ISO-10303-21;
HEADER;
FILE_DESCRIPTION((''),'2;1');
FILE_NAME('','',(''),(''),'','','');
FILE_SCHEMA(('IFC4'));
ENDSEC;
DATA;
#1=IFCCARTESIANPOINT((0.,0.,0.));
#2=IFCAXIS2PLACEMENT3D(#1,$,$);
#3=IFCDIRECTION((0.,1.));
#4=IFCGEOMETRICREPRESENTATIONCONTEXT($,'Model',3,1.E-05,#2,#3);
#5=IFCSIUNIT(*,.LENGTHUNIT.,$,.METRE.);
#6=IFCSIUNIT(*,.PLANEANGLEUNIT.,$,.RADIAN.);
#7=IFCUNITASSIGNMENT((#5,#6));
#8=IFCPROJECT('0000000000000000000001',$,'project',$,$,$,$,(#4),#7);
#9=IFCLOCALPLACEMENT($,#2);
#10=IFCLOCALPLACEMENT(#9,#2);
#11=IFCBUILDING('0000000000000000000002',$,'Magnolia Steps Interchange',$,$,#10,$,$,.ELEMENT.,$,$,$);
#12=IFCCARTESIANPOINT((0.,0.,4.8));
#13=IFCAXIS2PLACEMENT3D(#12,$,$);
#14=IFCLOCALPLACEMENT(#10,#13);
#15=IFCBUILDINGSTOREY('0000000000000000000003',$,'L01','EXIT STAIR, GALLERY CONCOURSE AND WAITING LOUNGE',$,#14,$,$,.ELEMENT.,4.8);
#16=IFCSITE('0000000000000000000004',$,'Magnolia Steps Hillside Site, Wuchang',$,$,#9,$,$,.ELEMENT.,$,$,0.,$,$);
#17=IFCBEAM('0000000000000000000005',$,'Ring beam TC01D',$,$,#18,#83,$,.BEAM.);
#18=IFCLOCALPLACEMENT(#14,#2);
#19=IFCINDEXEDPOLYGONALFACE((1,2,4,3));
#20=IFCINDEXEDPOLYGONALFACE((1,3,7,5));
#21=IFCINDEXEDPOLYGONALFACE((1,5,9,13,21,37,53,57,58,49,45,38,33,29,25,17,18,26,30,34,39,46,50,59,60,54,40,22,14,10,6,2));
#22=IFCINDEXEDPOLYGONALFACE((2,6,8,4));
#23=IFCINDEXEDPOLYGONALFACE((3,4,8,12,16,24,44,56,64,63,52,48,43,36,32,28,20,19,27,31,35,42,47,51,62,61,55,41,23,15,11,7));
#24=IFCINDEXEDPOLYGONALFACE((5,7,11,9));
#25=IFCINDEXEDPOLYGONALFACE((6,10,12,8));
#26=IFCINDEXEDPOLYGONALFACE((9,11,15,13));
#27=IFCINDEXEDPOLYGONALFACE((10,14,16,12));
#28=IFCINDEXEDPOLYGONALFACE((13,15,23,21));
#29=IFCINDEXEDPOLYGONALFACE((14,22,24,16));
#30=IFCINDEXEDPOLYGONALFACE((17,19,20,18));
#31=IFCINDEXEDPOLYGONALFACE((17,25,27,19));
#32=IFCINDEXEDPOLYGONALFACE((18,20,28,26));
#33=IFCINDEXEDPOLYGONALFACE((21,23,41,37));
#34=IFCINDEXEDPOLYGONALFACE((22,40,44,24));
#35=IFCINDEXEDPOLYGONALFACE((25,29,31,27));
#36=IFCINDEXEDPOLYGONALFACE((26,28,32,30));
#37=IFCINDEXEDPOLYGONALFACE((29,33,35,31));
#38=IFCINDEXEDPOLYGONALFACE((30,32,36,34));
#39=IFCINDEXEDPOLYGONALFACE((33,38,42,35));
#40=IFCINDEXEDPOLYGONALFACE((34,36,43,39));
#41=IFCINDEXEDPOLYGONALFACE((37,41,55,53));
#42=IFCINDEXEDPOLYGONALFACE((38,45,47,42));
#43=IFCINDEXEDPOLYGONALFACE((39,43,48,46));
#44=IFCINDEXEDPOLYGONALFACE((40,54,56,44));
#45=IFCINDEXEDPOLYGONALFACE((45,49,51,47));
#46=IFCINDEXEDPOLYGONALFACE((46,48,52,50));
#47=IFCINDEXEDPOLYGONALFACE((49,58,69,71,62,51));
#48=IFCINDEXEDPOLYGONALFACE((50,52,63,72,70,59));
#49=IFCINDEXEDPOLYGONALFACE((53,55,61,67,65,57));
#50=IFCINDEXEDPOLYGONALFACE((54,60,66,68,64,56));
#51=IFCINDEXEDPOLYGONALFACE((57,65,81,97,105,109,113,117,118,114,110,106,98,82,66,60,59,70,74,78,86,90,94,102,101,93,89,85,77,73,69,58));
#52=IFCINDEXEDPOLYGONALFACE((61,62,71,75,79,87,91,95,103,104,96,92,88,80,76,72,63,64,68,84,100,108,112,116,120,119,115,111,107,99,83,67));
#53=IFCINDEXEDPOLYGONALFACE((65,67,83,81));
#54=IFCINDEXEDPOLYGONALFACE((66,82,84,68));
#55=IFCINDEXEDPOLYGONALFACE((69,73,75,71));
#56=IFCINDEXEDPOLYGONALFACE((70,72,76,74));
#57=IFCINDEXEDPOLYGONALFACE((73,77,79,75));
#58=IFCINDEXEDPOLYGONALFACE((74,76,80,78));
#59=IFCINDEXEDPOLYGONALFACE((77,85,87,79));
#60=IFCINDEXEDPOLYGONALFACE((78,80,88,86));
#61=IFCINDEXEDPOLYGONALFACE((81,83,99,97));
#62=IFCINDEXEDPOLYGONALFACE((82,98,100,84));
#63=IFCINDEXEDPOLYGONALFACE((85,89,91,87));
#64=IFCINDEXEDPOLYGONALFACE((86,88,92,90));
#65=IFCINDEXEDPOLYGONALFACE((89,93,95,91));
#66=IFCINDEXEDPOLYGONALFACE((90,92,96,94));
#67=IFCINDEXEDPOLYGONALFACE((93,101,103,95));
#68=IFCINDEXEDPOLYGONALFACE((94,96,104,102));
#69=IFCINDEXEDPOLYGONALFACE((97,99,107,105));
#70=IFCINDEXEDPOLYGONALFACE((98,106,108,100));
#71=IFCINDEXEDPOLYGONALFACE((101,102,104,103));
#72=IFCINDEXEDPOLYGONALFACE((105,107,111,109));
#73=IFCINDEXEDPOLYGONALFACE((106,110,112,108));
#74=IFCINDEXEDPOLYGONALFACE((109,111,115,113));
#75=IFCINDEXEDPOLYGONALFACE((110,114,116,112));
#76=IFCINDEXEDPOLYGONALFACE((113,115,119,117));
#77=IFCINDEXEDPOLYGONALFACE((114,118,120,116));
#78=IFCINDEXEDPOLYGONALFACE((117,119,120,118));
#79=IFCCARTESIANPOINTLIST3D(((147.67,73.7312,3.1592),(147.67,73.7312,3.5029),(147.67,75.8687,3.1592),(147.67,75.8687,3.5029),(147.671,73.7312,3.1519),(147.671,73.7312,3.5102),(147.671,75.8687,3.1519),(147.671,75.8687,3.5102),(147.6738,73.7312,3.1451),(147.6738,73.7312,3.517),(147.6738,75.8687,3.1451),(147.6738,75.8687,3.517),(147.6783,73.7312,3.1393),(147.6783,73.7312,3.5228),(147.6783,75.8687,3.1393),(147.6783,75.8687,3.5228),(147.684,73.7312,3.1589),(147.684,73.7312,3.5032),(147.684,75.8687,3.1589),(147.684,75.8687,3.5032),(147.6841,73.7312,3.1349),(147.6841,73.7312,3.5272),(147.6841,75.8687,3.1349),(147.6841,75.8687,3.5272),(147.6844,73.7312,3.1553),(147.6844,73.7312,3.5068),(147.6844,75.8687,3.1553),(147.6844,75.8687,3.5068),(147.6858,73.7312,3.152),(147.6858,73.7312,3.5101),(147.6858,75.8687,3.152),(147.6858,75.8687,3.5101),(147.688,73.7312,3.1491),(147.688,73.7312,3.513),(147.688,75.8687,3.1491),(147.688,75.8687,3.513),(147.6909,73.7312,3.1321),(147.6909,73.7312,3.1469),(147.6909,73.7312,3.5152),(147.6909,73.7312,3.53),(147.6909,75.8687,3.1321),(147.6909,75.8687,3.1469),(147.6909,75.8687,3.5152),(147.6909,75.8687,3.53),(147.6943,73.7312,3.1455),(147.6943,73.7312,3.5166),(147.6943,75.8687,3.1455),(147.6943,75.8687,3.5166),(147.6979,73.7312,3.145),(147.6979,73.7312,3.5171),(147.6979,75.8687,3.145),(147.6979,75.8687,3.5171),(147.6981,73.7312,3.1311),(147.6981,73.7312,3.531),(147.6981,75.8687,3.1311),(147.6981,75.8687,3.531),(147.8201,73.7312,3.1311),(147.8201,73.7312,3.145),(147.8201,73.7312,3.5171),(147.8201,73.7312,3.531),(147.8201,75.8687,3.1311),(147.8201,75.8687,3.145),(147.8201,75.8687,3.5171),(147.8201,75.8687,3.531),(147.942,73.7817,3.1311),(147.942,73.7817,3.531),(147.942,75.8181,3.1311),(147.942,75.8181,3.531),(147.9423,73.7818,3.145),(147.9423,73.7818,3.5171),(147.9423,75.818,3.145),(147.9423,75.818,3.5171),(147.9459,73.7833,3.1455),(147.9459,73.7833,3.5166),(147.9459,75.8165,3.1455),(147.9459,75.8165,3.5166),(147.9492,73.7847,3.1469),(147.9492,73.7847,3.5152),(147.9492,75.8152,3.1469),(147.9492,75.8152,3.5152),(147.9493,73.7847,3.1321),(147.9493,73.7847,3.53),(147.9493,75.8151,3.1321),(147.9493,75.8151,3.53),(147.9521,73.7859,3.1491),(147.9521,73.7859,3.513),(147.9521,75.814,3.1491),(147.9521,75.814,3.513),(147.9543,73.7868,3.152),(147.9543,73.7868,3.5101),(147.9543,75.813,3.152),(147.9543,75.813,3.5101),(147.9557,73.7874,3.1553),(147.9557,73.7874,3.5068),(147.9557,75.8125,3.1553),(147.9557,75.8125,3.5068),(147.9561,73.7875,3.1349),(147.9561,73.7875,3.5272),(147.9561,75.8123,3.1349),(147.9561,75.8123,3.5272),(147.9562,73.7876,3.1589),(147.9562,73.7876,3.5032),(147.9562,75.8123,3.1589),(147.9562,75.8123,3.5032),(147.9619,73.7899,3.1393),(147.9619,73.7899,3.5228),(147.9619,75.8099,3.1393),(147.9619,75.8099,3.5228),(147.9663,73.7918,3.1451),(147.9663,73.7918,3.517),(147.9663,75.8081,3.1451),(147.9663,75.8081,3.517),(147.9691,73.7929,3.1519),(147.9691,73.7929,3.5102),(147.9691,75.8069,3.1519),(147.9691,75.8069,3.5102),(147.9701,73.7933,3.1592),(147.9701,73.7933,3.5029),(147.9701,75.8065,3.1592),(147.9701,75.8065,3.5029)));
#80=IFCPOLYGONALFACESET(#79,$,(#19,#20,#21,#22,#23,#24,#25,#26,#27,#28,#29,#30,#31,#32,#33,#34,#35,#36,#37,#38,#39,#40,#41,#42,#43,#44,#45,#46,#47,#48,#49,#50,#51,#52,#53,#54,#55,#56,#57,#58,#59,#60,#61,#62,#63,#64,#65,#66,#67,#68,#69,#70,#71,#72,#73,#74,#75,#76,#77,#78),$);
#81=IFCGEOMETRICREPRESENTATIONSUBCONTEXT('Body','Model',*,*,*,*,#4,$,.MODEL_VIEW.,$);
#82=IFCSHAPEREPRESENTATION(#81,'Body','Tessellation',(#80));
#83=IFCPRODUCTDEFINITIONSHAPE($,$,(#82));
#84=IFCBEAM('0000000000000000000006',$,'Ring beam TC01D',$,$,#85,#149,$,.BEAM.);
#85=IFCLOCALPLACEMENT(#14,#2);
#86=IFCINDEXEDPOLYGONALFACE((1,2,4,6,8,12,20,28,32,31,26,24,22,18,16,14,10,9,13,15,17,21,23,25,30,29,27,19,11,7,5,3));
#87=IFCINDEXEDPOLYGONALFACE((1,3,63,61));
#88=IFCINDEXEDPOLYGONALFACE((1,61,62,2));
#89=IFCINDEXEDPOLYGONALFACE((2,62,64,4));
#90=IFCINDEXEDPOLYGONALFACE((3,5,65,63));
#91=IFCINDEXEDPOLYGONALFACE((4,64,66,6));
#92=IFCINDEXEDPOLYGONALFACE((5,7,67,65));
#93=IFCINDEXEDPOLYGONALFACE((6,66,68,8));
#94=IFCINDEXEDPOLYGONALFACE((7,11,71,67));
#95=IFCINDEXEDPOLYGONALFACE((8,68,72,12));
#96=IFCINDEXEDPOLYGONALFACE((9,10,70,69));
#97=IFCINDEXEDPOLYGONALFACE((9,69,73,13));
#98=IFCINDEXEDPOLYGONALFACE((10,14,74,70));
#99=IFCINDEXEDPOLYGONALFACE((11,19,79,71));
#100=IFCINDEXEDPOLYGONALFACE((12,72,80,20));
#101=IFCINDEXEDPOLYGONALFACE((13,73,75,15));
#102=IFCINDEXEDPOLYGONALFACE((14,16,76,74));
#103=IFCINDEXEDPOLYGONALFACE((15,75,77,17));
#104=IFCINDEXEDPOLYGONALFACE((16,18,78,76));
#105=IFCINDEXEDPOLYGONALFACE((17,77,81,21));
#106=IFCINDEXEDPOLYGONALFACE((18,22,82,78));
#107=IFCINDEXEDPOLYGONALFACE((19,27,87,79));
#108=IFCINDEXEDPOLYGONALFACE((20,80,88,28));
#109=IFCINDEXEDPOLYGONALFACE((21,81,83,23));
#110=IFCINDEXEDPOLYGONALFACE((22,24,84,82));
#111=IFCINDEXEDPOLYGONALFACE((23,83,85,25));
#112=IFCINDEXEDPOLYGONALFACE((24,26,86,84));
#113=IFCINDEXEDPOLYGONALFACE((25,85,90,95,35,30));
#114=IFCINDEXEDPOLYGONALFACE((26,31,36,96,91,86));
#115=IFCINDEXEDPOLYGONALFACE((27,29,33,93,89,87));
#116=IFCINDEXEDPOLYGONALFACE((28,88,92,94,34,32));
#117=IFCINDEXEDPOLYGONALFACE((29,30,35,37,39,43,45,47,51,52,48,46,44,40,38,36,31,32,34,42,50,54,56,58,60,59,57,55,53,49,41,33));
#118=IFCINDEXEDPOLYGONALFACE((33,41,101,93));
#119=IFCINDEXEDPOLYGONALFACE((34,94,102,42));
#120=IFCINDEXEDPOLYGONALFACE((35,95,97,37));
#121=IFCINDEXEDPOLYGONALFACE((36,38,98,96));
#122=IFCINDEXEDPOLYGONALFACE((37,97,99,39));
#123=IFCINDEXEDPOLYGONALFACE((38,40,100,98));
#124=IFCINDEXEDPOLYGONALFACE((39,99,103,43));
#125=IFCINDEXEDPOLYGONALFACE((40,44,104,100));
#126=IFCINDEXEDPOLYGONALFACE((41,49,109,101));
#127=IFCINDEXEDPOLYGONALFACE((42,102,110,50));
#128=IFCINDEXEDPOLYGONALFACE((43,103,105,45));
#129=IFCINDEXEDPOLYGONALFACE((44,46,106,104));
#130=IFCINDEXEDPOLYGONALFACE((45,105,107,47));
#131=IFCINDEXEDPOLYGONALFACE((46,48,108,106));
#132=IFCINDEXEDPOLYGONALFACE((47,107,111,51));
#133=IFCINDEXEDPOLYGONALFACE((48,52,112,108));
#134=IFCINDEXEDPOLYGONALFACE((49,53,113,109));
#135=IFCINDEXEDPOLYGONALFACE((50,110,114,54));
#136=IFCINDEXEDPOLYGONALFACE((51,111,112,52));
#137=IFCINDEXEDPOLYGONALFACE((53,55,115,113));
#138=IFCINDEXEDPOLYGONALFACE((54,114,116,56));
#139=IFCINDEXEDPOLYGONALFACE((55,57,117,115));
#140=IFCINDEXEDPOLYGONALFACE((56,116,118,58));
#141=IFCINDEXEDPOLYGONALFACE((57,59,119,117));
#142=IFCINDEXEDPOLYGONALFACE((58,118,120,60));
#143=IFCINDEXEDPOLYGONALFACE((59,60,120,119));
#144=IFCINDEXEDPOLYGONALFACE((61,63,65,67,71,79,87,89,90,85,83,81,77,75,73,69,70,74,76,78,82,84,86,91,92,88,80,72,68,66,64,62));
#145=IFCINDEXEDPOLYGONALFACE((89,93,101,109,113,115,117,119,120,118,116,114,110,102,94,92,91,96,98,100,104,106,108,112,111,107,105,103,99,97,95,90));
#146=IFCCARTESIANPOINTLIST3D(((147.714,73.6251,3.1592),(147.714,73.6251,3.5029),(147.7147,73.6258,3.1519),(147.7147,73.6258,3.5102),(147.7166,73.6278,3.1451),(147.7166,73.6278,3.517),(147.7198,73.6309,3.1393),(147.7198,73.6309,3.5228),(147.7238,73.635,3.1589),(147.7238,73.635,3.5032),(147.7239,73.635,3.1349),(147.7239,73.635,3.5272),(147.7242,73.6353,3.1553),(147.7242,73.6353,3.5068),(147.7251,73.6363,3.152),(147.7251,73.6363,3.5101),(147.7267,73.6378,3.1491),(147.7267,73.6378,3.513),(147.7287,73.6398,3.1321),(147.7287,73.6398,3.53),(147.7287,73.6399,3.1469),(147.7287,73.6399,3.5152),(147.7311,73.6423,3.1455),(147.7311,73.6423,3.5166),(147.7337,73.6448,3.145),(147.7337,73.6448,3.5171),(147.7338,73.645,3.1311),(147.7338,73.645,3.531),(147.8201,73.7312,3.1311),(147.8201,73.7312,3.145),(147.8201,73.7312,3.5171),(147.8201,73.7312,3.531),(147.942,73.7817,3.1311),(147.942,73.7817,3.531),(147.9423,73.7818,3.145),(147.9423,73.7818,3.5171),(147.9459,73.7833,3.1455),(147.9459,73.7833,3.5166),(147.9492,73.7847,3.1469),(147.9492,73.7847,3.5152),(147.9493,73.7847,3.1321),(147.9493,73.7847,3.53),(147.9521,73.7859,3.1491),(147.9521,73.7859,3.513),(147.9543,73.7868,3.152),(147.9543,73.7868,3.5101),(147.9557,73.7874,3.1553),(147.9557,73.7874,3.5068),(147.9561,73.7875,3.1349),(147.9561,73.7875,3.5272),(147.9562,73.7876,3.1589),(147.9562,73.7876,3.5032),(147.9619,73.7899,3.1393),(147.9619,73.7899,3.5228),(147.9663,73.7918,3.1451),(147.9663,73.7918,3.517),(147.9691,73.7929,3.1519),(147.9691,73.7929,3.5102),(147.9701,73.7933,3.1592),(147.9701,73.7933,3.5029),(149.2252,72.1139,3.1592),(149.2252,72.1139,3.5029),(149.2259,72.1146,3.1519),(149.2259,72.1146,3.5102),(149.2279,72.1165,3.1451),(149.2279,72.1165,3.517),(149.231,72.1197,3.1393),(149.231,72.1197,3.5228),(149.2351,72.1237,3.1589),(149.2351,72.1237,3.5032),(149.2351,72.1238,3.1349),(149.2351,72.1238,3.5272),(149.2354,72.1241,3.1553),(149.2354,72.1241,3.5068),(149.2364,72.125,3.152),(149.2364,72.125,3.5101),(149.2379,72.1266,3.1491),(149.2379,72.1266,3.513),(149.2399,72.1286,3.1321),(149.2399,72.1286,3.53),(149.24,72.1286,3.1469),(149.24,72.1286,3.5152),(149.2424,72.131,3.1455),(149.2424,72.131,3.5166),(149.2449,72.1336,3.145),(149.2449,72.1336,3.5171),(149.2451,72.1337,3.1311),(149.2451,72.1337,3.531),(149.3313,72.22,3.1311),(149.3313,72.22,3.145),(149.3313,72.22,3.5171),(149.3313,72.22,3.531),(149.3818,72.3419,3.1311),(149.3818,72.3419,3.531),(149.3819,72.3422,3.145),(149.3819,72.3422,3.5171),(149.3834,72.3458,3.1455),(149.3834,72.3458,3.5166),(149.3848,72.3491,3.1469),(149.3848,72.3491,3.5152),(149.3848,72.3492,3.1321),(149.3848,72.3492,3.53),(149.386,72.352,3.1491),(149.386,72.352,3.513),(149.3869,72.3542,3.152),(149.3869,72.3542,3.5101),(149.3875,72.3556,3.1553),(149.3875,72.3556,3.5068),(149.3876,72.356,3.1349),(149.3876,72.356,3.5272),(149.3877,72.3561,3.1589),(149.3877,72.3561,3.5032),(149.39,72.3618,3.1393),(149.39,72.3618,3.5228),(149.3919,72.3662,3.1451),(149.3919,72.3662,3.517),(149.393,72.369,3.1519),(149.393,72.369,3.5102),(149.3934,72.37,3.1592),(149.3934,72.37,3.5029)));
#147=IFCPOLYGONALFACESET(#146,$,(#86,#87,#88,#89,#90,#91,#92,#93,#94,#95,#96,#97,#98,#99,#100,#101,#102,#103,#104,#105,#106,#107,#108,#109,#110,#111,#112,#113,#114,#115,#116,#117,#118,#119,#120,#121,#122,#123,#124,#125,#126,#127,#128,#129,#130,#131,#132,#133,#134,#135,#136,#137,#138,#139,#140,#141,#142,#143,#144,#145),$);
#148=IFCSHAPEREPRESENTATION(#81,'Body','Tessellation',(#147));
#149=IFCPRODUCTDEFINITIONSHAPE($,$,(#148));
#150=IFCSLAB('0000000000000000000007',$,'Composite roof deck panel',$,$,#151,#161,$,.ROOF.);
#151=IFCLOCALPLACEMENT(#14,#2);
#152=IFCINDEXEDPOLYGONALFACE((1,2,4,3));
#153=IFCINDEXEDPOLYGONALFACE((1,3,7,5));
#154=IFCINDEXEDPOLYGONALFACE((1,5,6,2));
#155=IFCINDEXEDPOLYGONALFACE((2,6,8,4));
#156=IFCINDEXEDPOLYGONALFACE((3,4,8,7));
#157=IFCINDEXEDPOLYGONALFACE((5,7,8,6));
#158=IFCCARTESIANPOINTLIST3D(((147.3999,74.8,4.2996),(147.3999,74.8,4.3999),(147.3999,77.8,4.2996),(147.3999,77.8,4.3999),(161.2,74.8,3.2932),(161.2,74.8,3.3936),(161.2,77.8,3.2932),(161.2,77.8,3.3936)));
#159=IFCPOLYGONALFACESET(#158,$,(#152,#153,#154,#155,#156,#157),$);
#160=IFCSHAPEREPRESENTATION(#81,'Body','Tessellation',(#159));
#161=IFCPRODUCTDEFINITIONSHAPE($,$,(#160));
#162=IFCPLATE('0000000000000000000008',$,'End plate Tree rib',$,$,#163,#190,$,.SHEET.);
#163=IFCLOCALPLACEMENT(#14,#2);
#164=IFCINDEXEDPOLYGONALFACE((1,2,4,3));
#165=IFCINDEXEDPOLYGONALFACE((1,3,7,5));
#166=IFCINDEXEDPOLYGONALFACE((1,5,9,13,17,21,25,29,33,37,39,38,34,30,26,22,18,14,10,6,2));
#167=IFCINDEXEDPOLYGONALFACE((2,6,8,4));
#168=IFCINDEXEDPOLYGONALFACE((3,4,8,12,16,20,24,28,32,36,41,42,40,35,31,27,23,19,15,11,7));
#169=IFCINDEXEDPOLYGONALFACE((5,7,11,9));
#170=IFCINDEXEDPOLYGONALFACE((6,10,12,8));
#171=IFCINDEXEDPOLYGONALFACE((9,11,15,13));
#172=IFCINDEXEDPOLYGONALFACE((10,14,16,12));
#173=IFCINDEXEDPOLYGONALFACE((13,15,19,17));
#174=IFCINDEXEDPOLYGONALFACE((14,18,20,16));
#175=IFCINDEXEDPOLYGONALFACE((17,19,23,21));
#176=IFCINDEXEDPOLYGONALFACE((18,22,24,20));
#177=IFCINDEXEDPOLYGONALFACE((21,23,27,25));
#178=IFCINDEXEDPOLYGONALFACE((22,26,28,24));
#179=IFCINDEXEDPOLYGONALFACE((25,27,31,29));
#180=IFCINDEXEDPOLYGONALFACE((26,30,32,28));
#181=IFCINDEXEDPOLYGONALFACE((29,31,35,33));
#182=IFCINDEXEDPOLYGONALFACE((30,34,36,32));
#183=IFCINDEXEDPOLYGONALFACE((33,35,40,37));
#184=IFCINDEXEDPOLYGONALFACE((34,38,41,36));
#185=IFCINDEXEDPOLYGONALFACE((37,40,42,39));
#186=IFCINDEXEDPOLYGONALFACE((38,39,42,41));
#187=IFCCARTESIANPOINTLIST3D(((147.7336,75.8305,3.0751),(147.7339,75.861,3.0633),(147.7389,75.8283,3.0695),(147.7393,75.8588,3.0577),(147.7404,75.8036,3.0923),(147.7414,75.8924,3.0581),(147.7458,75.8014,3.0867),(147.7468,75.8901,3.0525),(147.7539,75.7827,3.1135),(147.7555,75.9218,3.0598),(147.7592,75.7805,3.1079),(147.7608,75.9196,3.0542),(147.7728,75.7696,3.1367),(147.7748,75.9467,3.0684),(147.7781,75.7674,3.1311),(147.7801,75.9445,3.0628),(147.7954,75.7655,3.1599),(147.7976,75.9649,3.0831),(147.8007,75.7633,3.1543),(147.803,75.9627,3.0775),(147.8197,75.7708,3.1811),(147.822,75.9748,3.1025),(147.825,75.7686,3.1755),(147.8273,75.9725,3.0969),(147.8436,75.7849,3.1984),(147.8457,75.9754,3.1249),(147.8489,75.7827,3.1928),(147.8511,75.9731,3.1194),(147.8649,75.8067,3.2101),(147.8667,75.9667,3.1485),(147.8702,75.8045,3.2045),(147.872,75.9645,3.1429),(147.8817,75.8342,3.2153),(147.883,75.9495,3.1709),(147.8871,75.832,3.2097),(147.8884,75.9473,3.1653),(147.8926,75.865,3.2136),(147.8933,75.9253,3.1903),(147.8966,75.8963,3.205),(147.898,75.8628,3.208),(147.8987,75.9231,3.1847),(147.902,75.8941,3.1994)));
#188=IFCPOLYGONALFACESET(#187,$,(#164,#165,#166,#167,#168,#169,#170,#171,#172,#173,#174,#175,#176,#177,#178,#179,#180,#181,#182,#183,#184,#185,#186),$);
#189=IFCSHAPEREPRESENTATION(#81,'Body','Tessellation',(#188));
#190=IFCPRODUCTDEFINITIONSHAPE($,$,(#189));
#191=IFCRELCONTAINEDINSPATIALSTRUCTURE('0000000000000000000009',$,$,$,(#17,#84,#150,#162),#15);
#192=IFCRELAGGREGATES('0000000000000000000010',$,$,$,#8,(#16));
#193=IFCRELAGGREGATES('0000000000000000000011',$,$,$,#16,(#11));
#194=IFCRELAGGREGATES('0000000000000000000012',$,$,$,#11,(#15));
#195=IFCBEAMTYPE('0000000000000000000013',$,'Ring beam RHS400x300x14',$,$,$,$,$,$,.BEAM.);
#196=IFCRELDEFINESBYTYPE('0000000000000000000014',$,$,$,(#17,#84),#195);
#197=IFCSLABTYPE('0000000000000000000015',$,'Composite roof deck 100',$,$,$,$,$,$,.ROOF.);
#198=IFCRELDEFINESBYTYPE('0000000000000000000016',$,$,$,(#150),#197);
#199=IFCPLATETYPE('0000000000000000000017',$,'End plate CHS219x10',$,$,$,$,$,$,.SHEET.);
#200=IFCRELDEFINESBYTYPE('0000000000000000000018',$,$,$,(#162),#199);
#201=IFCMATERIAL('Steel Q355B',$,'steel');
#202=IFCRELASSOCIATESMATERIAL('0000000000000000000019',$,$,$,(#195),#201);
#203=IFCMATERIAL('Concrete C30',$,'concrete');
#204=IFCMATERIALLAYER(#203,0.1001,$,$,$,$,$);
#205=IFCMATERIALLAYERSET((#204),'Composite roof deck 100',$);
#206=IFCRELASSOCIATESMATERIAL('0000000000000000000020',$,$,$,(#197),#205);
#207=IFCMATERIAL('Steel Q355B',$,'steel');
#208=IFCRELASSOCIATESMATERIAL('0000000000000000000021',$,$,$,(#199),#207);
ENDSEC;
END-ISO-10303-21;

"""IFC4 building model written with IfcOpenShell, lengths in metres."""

from ifc_helpers import new_model, si_unit, direction, frame, origin, origin_2d, place, context, subcontext, project, spatial, polyline, hollow_rectangle, circle, outline, extrude, clip, halfspace, material, layer, layer_set, material_profile, profile_set, type_object, element, save


model = new_model("IFC4")

# Units and contexts
model_context = context("Model", 3, precision=1e-05, world=origin(), true_north=direction((0.0, 1.0)))
body_context = subcontext(model_context, "Body", "Model", "MODEL_VIEW")
ifc_project = project(units=[si_unit("LENGTHUNIT", "METRE"), si_unit("PLANEANGLEUNIT", "RADIAN")], contexts=[model_context])

# Site, building, storey
site_placement = place(None, origin())
site = spatial("IfcSite", under=ifc_project, at=site_placement, Name="Magnolia Steps Hillside Site, Wuchang", CompositionType="ELEMENT", RefElevation=0.0)
building_placement = place(site_placement, origin())
building = spatial("IfcBuilding", under=site, at=building_placement, Name="Magnolia Steps Interchange", CompositionType="ELEMENT")
storey_placement = place(building_placement, frame((0.0, 0.0, 4.8)))
storey = spatial("IfcBuildingStorey", under=building, at=storey_placement, Name="L01", Description="EXIT STAIR, GALLERY CONCOURSE AND WAITING LOUNGE", CompositionType="ELEMENT", Elevation=4.8)

# Beams
ifc_material_1 = material(Name="Steel Q355B", Category="steel")
ifc_material_profile_1 = material_profile(ifc_material_1, hollow_rectangle(XDim=0.3, YDim=0.3999, WallThickness=0.0139, InnerFilletRadius=0.0139, OuterFilletRadius=0.0281, at=origin_2d()), Name="RHS400x300x14")
ifc_profile_set_1 = profile_set([ifc_material_profile_1], Name="Steel Q355B")
beam_type = type_object("IfcBeamType", Name="Ring beam RHS400x300x14", PredefinedType="BEAM", material=ifc_profile_set_1)
beam_1_placement = place(storey_placement, frame((147.8201, 75.8687, 3.3311), z_axis=(0.0, -1.0, 0.0), x_axis=(1.0, 0.0, 0.0)))
element("IfcBeam", 1, at=beam_1_placement, inside=storey, type_object=beam_type, Name="Ring beam TC01D", PredefinedType="BEAM", context=body_context, shape_type="Clipping", body=[
    clip(clip(extrude(hollow_rectangle(XDim=0.3, YDim=0.3999, WallThickness=0.0139, InnerFilletRadius=0.0139, OuterFilletRadius=0.0281, at=origin_2d()), origin(), (0.0, 0.0, 1.0), 2.1375), halfspace(frame((0.0, 0.0, 0.0), z_axis=(0.382683, 0.0, -0.92388), x_axis=(0.92388, 0.0, 0.382683)), False)), halfspace(frame((0.0, 0.0, 2.1375), z_axis=(0.382683, 0.0, 0.92388), x_axis=(0.92388, 0.0, -0.382683)), False)),
])
beam_2_placement = place(storey_placement, frame((147.8201, 73.7312, 3.3311), z_axis=(0.707107, -0.707107, 0.0), x_axis=(0.707107, 0.707107, 0.0)))
element("IfcBeam", 2, at=beam_2_placement, inside=storey, type_object=beam_type, Name="Ring beam TC01D", PredefinedType="BEAM", context=body_context, shape_type="Clipping", body=[
    clip(clip(extrude(hollow_rectangle(XDim=0.3, YDim=0.3999, WallThickness=0.0139, InnerFilletRadius=0.0139, OuterFilletRadius=0.0281, at=origin_2d()), origin(), (0.0, 0.0, 1.0), 2.1372), halfspace(frame((0.0, 0.0, 0.0), z_axis=(0.382683, 0.0, -0.92388), x_axis=(0.92388, 0.0, 0.382683)), False)), halfspace(frame((0.0, 0.0, 2.1372), z_axis=(0.382683, 0.0, 0.92388), x_axis=(0.92388, 0.0, -0.382683)), False)),
])

# Slab
ifc_material_2 = material(Name="Concrete C30", Category="concrete")
ifc_layer_1 = layer(ifc_material_2, 0.1001)
ifc_layer_set_1 = layer_set([ifc_layer_1], Name="Composite roof deck 100")
slab_type = type_object("IfcSlabType", Name="Composite roof deck 100", PredefinedType="ROOF", material=ifc_layer_set_1)
slab_placement = place(storey_placement, frame((147.3999, 74.8, 4.3999), z_axis=(0.07273, 0.0, 0.997352), x_axis=(0.997352, 0.0, -0.07273)))
element("IfcSlab", 3, at=slab_placement, inside=storey, type_object=slab_type, Name="Composite roof deck panel", PredefinedType="ROOF", context=body_context, shape_type="SweptSolid", body=[
    extrude(outline(polyline([(0.0, 0.0), (13.8367, 0.0), (13.8367, 3.0), (0.0, 3.0), (0.0, 0.0)])), origin(), (0.07273, 0.0, -0.997352), 0.1003),
])

# Plate
ifc_material_3 = material(Name="Steel Q355B", Category="steel")
ifc_material_profile_2 = material_profile(ifc_material_3, circle(Radius=0.1096, at=origin_2d()), Name="End plate CHS219x10")
ifc_profile_set_2 = profile_set([ifc_material_profile_2], Name="Steel Q355B")
plate_type_1 = type_object("IfcPlateType", Name="End plate CHS219x10", PredefinedType="SHEET", material=ifc_profile_set_2)
for number, where, z_axis, x_axis, name in (
    (4, (147.8201, 75.8687, 3.1311), (-0.664583, 0.275279, 0.694658), (-0.382683, -0.92388, 0.0), "End plate Tree rib"),
):
    element("IfcPlate", number, at=place(storey_placement, frame(where, z_axis=z_axis, x_axis=x_axis)), inside=storey, type_object=plate_type_1, Name=name, PredefinedType="SHEET", context=body_context, shape_type="SweptSolid", body=[
        extrude(circle(Radius=0.1096, at=origin_2d()), origin(), (0.0, 0.0, 1.0), 0.0081),
    ])

save(model, "model.ifc")
